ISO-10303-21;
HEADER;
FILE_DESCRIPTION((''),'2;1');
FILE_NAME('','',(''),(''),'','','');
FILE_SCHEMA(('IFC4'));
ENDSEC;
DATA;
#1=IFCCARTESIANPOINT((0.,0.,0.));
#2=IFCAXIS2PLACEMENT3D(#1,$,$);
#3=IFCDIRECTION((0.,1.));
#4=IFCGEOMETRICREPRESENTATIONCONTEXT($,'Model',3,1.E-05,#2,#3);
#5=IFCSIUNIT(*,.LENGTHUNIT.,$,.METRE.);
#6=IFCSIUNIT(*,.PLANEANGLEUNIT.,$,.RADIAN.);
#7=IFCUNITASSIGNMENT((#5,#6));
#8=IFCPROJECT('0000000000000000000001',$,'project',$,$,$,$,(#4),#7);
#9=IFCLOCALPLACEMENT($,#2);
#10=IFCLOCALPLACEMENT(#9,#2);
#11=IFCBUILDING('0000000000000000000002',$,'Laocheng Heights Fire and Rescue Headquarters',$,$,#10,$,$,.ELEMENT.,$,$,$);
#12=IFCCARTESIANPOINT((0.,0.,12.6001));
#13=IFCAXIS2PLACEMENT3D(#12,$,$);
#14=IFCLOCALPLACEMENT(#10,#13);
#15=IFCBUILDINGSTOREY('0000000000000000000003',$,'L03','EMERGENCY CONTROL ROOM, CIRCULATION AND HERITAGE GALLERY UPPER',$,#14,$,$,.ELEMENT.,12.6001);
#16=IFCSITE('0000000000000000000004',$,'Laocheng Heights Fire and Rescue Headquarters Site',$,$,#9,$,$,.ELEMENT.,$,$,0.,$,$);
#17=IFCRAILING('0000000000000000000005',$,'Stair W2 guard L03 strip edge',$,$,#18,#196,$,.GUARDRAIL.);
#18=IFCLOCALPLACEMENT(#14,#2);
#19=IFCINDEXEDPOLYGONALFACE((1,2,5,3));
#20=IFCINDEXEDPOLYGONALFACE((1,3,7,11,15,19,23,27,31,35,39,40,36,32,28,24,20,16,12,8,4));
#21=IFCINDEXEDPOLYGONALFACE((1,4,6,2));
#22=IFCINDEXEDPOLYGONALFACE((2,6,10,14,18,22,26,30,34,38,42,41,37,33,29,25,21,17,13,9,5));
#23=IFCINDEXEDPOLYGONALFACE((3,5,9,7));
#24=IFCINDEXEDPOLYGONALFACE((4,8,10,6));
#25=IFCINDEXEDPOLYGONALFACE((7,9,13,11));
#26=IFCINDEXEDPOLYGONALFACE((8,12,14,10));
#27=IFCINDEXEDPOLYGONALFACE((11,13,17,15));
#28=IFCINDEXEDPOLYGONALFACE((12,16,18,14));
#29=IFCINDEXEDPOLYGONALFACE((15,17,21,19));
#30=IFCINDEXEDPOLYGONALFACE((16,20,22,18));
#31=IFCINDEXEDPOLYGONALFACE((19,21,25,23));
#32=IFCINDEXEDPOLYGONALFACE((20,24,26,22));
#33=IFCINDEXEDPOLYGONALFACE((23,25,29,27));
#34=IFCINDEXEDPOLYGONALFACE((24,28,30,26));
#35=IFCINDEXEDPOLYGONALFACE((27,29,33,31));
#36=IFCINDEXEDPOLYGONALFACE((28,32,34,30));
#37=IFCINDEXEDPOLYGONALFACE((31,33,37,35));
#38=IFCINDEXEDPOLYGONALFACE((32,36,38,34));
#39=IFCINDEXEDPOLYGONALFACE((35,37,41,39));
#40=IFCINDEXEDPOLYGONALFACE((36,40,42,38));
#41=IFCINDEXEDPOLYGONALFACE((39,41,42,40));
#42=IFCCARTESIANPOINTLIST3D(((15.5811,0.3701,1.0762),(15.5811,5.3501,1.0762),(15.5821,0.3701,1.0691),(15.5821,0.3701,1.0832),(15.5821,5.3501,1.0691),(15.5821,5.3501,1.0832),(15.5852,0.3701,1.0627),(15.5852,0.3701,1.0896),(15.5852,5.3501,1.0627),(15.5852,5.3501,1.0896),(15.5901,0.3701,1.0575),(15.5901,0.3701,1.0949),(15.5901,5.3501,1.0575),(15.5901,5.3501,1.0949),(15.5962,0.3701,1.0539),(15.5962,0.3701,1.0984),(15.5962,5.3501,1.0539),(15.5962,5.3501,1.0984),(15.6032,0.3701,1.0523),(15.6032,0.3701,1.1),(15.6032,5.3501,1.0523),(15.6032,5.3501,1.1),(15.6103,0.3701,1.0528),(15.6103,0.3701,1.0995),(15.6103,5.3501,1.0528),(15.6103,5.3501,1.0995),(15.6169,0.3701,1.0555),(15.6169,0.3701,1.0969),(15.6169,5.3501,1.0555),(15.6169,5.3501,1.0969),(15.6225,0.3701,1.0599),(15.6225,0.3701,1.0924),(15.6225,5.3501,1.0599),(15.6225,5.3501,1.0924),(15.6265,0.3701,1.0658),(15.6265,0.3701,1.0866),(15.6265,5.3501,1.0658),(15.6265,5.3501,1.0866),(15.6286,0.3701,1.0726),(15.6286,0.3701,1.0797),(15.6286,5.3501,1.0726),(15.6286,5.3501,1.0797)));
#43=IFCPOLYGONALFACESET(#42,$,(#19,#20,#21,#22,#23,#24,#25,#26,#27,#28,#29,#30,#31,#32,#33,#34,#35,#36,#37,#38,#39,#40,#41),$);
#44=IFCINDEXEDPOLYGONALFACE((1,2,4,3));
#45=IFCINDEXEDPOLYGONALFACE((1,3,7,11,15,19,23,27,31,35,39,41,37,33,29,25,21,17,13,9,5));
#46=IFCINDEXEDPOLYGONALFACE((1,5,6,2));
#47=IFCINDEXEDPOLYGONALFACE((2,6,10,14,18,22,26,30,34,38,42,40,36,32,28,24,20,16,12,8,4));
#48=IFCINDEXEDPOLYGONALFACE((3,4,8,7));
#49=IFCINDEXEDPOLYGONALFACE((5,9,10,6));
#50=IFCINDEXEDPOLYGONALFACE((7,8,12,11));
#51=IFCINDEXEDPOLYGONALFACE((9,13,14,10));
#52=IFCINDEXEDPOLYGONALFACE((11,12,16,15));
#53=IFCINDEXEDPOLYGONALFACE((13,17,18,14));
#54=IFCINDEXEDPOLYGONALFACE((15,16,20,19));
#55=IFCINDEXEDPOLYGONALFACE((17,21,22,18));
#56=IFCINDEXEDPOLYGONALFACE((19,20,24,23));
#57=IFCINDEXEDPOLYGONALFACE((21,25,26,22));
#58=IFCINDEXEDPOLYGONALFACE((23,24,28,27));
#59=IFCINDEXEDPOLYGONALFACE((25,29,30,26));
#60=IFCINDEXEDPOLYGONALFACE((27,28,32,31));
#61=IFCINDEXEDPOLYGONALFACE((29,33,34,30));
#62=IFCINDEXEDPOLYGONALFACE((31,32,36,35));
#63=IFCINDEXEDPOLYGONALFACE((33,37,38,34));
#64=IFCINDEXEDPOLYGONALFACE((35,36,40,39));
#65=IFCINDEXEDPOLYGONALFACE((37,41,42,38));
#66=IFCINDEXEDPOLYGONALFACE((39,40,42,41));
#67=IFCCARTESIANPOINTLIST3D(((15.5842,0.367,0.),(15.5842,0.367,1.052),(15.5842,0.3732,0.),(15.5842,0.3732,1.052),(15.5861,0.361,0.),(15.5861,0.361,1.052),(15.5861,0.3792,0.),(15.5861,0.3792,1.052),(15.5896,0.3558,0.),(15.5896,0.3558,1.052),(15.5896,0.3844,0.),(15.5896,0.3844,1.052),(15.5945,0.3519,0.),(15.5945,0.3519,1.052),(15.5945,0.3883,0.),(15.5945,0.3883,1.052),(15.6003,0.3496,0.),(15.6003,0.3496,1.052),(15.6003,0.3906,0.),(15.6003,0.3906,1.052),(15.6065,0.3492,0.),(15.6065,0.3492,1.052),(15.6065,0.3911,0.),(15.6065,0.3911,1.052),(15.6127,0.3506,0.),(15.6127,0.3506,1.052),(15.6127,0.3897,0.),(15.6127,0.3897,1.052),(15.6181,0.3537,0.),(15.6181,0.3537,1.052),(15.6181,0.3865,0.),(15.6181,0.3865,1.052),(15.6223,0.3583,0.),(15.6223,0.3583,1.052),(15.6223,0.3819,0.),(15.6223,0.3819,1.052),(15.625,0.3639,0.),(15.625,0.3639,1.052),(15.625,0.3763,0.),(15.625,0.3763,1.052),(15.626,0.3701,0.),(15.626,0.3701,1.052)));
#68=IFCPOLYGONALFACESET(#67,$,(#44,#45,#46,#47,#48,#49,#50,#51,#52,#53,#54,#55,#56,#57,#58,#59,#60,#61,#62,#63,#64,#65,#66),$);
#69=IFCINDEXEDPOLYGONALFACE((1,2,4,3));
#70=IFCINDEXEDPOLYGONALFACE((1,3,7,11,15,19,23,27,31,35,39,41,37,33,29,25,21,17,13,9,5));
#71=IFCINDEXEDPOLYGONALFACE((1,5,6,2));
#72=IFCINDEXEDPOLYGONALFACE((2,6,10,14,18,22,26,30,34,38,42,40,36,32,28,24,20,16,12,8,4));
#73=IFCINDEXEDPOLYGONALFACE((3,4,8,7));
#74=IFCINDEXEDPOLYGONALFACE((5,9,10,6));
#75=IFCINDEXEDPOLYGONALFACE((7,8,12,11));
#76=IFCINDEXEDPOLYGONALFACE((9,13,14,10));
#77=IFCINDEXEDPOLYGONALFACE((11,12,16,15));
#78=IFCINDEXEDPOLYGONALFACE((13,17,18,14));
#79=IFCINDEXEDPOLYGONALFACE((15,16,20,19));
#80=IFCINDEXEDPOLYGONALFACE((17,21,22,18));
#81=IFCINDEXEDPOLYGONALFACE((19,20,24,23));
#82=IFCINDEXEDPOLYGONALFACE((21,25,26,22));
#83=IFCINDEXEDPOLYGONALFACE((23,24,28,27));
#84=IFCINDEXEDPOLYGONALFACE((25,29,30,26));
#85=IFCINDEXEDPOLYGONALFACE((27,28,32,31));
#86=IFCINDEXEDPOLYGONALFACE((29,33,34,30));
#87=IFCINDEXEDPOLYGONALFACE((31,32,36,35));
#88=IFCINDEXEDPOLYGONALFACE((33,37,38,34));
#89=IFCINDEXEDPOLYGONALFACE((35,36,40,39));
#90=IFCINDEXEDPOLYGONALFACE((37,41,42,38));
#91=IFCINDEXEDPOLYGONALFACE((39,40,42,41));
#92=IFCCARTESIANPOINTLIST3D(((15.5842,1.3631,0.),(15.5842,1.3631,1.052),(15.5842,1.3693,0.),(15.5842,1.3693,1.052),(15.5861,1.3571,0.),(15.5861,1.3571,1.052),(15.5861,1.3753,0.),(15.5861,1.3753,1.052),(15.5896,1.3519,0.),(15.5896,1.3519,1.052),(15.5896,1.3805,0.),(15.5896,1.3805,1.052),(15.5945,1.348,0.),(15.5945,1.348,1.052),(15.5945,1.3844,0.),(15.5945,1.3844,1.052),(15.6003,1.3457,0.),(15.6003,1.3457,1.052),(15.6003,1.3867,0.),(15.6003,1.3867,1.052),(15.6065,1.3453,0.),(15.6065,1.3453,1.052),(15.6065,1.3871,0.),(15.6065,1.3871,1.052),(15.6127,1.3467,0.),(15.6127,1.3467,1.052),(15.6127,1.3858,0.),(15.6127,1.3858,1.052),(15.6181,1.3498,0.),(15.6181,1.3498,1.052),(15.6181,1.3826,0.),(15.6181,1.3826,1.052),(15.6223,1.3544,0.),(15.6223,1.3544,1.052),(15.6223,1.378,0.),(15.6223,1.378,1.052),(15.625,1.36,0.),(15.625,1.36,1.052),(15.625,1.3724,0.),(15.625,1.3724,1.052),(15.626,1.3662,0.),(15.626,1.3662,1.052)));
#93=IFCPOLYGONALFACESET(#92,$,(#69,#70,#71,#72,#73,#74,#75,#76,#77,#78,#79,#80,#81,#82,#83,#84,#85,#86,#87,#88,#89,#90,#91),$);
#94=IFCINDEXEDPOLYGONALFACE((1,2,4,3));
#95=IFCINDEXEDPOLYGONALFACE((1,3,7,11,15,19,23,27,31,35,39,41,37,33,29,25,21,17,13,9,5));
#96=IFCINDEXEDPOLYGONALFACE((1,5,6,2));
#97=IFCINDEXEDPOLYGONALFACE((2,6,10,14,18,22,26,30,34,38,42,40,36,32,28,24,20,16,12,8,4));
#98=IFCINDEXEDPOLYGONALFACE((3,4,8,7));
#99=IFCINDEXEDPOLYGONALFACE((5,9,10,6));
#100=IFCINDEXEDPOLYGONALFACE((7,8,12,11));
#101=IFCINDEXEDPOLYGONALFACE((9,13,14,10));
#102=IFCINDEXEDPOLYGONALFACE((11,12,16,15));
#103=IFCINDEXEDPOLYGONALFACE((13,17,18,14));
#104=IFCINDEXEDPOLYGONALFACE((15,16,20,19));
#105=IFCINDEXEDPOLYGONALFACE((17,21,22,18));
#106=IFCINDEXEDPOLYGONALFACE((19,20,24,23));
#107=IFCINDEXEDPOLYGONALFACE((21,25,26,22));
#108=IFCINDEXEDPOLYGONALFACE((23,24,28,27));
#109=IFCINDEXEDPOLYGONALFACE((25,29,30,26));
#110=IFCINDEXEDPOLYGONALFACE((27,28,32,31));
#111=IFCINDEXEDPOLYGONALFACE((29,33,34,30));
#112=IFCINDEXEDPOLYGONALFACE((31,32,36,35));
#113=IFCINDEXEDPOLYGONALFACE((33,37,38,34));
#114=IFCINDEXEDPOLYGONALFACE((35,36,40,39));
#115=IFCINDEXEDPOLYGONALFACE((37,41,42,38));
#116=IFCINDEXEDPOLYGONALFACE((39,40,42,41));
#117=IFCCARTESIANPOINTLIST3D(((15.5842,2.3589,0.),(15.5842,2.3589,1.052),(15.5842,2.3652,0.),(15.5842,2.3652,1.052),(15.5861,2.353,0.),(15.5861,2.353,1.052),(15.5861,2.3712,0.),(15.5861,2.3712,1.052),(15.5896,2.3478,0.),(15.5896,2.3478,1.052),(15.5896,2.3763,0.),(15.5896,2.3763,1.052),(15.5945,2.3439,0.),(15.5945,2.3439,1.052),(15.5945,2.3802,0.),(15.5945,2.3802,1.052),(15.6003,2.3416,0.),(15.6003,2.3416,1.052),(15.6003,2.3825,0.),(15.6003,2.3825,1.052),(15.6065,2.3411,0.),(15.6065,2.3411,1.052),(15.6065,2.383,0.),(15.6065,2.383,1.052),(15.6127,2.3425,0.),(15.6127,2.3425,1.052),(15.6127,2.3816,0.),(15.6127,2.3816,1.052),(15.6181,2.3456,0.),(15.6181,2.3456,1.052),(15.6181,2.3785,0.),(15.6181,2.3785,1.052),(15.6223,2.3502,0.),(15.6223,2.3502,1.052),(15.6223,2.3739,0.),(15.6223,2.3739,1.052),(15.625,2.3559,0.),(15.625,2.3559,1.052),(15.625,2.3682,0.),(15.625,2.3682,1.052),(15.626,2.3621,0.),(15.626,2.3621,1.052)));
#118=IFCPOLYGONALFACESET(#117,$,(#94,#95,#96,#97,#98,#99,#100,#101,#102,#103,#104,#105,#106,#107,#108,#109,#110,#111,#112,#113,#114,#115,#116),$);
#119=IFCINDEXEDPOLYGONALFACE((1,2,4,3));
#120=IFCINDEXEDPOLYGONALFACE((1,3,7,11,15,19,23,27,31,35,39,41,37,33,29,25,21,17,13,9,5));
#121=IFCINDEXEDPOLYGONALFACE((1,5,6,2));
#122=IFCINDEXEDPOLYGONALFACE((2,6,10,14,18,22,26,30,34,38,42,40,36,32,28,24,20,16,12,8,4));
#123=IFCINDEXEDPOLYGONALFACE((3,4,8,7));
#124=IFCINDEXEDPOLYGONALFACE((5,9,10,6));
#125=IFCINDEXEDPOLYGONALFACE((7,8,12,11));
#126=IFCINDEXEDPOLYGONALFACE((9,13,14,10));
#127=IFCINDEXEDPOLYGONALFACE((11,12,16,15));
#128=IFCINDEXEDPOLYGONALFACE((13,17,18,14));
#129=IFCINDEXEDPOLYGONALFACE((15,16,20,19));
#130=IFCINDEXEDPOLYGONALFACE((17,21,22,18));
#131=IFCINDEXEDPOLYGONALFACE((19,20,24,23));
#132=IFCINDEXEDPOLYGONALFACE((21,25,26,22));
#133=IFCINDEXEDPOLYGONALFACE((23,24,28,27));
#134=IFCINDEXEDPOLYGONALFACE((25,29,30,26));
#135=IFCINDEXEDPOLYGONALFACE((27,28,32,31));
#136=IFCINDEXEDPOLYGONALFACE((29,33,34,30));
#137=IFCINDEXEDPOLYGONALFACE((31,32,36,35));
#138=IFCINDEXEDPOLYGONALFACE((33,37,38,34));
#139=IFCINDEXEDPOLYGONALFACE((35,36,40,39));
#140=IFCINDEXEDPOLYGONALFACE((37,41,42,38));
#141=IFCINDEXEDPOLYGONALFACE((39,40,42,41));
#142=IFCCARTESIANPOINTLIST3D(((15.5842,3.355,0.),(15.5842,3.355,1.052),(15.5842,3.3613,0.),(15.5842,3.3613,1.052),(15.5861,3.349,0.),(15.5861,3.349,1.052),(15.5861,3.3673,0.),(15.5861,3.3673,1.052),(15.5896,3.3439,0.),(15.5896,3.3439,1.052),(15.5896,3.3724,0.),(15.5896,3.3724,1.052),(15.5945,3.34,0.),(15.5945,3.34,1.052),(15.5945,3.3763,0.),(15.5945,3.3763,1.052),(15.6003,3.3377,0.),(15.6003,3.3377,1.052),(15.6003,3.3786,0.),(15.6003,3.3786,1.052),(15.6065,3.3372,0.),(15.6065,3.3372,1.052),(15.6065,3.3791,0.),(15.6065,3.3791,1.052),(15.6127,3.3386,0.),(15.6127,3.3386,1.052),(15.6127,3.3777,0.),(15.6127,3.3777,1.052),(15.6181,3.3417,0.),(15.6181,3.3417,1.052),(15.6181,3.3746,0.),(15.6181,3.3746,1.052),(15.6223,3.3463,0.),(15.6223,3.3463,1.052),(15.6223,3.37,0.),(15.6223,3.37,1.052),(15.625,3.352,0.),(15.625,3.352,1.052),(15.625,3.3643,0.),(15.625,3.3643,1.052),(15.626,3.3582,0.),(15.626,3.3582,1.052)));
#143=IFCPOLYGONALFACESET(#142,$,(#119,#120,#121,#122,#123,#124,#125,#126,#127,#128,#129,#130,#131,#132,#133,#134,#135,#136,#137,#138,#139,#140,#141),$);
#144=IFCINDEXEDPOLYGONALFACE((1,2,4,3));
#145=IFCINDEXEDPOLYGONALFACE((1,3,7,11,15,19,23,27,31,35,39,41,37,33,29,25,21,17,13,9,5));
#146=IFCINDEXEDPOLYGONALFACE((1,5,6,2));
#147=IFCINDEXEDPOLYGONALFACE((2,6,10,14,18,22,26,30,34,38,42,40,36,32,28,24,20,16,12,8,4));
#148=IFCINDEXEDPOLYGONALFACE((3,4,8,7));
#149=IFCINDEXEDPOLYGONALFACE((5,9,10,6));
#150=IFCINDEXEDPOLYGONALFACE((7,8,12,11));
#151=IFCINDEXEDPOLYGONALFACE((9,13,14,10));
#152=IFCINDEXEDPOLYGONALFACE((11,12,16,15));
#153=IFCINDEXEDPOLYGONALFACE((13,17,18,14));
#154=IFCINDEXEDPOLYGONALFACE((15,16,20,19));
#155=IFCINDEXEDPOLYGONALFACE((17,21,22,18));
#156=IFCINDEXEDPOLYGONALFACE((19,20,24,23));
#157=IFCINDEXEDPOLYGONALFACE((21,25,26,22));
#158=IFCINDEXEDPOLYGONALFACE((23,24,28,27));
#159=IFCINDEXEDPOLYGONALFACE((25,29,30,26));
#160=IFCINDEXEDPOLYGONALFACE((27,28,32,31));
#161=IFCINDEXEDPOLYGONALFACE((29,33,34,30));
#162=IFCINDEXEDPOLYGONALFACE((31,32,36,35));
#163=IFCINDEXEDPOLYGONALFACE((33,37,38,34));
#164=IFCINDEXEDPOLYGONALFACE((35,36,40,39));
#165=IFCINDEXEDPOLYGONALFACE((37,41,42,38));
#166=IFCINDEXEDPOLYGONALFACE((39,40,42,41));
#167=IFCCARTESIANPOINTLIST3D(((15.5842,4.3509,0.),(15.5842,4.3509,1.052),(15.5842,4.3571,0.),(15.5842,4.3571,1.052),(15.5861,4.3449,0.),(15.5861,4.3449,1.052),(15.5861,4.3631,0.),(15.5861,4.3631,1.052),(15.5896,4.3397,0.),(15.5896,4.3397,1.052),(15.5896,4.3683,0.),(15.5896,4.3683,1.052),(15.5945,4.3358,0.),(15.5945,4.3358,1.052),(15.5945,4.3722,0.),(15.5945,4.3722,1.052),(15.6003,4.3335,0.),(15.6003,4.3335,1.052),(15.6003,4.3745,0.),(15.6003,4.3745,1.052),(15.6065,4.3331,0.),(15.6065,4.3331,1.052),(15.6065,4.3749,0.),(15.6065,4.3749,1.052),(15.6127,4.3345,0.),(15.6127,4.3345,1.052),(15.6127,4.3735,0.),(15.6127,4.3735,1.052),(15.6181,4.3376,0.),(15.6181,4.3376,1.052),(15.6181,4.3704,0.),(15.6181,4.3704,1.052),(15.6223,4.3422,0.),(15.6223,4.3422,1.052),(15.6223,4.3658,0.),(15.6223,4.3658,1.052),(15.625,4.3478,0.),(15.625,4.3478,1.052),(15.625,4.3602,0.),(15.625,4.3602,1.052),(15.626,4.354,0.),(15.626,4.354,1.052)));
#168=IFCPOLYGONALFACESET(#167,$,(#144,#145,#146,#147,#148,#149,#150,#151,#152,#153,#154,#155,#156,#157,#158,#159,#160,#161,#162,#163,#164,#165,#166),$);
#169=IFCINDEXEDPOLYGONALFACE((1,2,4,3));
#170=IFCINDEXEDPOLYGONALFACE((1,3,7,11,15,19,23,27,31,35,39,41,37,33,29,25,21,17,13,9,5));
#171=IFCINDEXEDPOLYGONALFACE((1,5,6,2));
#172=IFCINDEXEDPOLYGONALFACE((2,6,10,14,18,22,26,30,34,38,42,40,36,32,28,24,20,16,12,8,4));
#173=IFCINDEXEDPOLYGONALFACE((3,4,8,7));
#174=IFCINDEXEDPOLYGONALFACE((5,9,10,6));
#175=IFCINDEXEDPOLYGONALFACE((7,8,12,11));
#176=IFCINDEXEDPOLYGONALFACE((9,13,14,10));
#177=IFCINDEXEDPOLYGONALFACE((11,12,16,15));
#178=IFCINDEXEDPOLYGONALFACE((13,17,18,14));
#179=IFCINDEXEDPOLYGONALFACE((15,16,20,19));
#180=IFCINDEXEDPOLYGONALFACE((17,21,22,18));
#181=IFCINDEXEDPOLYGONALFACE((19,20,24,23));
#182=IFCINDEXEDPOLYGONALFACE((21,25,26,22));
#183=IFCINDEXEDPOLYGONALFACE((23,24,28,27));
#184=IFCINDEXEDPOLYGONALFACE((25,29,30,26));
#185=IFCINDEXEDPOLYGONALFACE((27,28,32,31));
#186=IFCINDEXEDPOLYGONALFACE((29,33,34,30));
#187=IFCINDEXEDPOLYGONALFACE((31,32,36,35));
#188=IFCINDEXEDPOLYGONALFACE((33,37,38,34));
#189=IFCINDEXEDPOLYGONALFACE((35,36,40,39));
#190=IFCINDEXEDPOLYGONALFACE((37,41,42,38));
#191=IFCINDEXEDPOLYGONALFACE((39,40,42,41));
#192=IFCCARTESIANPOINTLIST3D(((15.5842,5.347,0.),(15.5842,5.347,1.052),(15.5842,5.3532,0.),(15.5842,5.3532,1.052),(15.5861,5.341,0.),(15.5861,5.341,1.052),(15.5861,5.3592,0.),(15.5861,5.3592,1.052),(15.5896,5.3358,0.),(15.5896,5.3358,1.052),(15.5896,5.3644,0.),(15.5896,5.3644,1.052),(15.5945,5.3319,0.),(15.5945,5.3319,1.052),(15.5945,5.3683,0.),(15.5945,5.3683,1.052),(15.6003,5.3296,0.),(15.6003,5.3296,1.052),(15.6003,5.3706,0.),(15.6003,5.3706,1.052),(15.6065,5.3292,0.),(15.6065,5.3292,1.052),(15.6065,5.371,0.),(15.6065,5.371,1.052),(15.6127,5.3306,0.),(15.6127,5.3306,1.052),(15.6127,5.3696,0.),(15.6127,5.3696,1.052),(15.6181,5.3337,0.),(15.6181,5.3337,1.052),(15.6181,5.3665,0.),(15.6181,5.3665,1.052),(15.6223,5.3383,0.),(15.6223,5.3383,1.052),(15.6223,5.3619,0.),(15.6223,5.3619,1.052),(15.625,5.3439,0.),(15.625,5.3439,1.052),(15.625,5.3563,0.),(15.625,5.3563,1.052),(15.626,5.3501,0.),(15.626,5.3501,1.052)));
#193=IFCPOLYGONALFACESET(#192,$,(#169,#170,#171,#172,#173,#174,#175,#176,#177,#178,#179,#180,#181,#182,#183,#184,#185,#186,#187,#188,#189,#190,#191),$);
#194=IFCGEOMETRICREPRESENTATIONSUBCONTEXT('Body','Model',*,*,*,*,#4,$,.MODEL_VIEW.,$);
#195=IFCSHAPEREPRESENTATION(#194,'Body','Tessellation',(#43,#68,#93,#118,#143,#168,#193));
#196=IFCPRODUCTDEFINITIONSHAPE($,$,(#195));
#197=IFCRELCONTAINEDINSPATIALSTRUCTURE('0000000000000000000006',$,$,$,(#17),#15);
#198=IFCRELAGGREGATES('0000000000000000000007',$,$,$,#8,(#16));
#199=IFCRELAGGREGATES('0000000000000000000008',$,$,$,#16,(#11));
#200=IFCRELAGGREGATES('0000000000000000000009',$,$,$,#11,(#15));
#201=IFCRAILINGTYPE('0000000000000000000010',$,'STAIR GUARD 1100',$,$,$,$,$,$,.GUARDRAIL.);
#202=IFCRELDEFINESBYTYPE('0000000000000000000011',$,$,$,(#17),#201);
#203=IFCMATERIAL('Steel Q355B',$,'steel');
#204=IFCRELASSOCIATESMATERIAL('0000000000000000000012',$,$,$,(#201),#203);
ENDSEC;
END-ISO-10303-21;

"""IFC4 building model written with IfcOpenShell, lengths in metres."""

from ifc_helpers import new_model, si_unit, direction, frame, origin, origin_2d, place, context, subcontext, project, spatial, circle, extrude, material, type_object, element, save


model = new_model("IFC4")

# Units and contexts
model_context = context("Model", 3, precision=1e-05, world=origin(), true_north=direction((0.0, 1.0)))
body_context = subcontext(model_context, "Body", "Model", "MODEL_VIEW")
ifc_project = project(units=[si_unit("LENGTHUNIT", "METRE"), si_unit("PLANEANGLEUNIT", "RADIAN")], contexts=[model_context])

# Site, building, storey
site_placement = place(None, origin())
site = spatial("IfcSite", under=ifc_project, at=site_placement, Name="Laocheng Heights Fire and Rescue Headquarters Site", CompositionType="ELEMENT", RefElevation=0.0)
building_placement = place(site_placement, origin())
building = spatial("IfcBuilding", under=site, at=building_placement, Name="Laocheng Heights Fire and Rescue Headquarters", CompositionType="ELEMENT")
storey_placement = place(building_placement, frame((0.0, 0.0, 12.6001)))
storey = spatial("IfcBuildingStorey", under=building, at=storey_placement, Name="L03", Description="EMERGENCY CONTROL ROOM, CIRCULATION AND HERITAGE GALLERY UPPER", CompositionType="ELEMENT", Elevation=12.6001)

# Railing
ifc_material_1 = material(Name="Steel Q355B", Category="steel")
railing_type = type_object("IfcRailingType", Name="STAIR GUARD 1100", PredefinedType="GUARDRAIL", material=ifc_material_1)
railing_1_placement = place(storey_placement, frame((15.605, 0.3701, 0.0)))
element("IfcRailing", 1, at=railing_1_placement, inside=storey, type_object=railing_type, Name="Stair W2 guard L03 strip edge", PredefinedType="GUARDRAIL", context=body_context, shape_type="SweptSolid", body=[
    extrude(circle(Radius=0.0239, at=origin_2d()), frame((0.0, 0.0, 1.0762), z_axis=(0.0, 1.0, 0.0), x_axis=(-1.0, 0.0, 0.0)), (0.0, 0.0, 1.0), 4.98),
    extrude(circle(Radius=0.021, at=origin_2d()), origin(), (0.0, 0.0, 1.0), 1.052),
    extrude(circle(Radius=0.021, at=origin_2d()), frame((0.0, 0.9961, 0.0)), (0.0, 0.0, 1.0), 1.052),
    extrude(circle(Radius=0.021, at=origin_2d()), frame((0.0, 1.9919, 0.0)), (0.0, 0.0, 1.0), 1.052),
    extrude(circle(Radius=0.021, at=origin_2d()), frame((0.0, 2.988, 0.0)), (0.0, 0.0, 1.0), 1.052),
    extrude(circle(Radius=0.021, at=origin_2d()), frame((0.0, 3.9839, 0.0)), (0.0, 0.0, 1.0), 1.052),
    extrude(circle(Radius=0.021, at=origin_2d()), frame((0.0, 4.98, 0.0)), (0.0, 0.0, 1.0), 1.052),
])

save(model, "model.ifc")
